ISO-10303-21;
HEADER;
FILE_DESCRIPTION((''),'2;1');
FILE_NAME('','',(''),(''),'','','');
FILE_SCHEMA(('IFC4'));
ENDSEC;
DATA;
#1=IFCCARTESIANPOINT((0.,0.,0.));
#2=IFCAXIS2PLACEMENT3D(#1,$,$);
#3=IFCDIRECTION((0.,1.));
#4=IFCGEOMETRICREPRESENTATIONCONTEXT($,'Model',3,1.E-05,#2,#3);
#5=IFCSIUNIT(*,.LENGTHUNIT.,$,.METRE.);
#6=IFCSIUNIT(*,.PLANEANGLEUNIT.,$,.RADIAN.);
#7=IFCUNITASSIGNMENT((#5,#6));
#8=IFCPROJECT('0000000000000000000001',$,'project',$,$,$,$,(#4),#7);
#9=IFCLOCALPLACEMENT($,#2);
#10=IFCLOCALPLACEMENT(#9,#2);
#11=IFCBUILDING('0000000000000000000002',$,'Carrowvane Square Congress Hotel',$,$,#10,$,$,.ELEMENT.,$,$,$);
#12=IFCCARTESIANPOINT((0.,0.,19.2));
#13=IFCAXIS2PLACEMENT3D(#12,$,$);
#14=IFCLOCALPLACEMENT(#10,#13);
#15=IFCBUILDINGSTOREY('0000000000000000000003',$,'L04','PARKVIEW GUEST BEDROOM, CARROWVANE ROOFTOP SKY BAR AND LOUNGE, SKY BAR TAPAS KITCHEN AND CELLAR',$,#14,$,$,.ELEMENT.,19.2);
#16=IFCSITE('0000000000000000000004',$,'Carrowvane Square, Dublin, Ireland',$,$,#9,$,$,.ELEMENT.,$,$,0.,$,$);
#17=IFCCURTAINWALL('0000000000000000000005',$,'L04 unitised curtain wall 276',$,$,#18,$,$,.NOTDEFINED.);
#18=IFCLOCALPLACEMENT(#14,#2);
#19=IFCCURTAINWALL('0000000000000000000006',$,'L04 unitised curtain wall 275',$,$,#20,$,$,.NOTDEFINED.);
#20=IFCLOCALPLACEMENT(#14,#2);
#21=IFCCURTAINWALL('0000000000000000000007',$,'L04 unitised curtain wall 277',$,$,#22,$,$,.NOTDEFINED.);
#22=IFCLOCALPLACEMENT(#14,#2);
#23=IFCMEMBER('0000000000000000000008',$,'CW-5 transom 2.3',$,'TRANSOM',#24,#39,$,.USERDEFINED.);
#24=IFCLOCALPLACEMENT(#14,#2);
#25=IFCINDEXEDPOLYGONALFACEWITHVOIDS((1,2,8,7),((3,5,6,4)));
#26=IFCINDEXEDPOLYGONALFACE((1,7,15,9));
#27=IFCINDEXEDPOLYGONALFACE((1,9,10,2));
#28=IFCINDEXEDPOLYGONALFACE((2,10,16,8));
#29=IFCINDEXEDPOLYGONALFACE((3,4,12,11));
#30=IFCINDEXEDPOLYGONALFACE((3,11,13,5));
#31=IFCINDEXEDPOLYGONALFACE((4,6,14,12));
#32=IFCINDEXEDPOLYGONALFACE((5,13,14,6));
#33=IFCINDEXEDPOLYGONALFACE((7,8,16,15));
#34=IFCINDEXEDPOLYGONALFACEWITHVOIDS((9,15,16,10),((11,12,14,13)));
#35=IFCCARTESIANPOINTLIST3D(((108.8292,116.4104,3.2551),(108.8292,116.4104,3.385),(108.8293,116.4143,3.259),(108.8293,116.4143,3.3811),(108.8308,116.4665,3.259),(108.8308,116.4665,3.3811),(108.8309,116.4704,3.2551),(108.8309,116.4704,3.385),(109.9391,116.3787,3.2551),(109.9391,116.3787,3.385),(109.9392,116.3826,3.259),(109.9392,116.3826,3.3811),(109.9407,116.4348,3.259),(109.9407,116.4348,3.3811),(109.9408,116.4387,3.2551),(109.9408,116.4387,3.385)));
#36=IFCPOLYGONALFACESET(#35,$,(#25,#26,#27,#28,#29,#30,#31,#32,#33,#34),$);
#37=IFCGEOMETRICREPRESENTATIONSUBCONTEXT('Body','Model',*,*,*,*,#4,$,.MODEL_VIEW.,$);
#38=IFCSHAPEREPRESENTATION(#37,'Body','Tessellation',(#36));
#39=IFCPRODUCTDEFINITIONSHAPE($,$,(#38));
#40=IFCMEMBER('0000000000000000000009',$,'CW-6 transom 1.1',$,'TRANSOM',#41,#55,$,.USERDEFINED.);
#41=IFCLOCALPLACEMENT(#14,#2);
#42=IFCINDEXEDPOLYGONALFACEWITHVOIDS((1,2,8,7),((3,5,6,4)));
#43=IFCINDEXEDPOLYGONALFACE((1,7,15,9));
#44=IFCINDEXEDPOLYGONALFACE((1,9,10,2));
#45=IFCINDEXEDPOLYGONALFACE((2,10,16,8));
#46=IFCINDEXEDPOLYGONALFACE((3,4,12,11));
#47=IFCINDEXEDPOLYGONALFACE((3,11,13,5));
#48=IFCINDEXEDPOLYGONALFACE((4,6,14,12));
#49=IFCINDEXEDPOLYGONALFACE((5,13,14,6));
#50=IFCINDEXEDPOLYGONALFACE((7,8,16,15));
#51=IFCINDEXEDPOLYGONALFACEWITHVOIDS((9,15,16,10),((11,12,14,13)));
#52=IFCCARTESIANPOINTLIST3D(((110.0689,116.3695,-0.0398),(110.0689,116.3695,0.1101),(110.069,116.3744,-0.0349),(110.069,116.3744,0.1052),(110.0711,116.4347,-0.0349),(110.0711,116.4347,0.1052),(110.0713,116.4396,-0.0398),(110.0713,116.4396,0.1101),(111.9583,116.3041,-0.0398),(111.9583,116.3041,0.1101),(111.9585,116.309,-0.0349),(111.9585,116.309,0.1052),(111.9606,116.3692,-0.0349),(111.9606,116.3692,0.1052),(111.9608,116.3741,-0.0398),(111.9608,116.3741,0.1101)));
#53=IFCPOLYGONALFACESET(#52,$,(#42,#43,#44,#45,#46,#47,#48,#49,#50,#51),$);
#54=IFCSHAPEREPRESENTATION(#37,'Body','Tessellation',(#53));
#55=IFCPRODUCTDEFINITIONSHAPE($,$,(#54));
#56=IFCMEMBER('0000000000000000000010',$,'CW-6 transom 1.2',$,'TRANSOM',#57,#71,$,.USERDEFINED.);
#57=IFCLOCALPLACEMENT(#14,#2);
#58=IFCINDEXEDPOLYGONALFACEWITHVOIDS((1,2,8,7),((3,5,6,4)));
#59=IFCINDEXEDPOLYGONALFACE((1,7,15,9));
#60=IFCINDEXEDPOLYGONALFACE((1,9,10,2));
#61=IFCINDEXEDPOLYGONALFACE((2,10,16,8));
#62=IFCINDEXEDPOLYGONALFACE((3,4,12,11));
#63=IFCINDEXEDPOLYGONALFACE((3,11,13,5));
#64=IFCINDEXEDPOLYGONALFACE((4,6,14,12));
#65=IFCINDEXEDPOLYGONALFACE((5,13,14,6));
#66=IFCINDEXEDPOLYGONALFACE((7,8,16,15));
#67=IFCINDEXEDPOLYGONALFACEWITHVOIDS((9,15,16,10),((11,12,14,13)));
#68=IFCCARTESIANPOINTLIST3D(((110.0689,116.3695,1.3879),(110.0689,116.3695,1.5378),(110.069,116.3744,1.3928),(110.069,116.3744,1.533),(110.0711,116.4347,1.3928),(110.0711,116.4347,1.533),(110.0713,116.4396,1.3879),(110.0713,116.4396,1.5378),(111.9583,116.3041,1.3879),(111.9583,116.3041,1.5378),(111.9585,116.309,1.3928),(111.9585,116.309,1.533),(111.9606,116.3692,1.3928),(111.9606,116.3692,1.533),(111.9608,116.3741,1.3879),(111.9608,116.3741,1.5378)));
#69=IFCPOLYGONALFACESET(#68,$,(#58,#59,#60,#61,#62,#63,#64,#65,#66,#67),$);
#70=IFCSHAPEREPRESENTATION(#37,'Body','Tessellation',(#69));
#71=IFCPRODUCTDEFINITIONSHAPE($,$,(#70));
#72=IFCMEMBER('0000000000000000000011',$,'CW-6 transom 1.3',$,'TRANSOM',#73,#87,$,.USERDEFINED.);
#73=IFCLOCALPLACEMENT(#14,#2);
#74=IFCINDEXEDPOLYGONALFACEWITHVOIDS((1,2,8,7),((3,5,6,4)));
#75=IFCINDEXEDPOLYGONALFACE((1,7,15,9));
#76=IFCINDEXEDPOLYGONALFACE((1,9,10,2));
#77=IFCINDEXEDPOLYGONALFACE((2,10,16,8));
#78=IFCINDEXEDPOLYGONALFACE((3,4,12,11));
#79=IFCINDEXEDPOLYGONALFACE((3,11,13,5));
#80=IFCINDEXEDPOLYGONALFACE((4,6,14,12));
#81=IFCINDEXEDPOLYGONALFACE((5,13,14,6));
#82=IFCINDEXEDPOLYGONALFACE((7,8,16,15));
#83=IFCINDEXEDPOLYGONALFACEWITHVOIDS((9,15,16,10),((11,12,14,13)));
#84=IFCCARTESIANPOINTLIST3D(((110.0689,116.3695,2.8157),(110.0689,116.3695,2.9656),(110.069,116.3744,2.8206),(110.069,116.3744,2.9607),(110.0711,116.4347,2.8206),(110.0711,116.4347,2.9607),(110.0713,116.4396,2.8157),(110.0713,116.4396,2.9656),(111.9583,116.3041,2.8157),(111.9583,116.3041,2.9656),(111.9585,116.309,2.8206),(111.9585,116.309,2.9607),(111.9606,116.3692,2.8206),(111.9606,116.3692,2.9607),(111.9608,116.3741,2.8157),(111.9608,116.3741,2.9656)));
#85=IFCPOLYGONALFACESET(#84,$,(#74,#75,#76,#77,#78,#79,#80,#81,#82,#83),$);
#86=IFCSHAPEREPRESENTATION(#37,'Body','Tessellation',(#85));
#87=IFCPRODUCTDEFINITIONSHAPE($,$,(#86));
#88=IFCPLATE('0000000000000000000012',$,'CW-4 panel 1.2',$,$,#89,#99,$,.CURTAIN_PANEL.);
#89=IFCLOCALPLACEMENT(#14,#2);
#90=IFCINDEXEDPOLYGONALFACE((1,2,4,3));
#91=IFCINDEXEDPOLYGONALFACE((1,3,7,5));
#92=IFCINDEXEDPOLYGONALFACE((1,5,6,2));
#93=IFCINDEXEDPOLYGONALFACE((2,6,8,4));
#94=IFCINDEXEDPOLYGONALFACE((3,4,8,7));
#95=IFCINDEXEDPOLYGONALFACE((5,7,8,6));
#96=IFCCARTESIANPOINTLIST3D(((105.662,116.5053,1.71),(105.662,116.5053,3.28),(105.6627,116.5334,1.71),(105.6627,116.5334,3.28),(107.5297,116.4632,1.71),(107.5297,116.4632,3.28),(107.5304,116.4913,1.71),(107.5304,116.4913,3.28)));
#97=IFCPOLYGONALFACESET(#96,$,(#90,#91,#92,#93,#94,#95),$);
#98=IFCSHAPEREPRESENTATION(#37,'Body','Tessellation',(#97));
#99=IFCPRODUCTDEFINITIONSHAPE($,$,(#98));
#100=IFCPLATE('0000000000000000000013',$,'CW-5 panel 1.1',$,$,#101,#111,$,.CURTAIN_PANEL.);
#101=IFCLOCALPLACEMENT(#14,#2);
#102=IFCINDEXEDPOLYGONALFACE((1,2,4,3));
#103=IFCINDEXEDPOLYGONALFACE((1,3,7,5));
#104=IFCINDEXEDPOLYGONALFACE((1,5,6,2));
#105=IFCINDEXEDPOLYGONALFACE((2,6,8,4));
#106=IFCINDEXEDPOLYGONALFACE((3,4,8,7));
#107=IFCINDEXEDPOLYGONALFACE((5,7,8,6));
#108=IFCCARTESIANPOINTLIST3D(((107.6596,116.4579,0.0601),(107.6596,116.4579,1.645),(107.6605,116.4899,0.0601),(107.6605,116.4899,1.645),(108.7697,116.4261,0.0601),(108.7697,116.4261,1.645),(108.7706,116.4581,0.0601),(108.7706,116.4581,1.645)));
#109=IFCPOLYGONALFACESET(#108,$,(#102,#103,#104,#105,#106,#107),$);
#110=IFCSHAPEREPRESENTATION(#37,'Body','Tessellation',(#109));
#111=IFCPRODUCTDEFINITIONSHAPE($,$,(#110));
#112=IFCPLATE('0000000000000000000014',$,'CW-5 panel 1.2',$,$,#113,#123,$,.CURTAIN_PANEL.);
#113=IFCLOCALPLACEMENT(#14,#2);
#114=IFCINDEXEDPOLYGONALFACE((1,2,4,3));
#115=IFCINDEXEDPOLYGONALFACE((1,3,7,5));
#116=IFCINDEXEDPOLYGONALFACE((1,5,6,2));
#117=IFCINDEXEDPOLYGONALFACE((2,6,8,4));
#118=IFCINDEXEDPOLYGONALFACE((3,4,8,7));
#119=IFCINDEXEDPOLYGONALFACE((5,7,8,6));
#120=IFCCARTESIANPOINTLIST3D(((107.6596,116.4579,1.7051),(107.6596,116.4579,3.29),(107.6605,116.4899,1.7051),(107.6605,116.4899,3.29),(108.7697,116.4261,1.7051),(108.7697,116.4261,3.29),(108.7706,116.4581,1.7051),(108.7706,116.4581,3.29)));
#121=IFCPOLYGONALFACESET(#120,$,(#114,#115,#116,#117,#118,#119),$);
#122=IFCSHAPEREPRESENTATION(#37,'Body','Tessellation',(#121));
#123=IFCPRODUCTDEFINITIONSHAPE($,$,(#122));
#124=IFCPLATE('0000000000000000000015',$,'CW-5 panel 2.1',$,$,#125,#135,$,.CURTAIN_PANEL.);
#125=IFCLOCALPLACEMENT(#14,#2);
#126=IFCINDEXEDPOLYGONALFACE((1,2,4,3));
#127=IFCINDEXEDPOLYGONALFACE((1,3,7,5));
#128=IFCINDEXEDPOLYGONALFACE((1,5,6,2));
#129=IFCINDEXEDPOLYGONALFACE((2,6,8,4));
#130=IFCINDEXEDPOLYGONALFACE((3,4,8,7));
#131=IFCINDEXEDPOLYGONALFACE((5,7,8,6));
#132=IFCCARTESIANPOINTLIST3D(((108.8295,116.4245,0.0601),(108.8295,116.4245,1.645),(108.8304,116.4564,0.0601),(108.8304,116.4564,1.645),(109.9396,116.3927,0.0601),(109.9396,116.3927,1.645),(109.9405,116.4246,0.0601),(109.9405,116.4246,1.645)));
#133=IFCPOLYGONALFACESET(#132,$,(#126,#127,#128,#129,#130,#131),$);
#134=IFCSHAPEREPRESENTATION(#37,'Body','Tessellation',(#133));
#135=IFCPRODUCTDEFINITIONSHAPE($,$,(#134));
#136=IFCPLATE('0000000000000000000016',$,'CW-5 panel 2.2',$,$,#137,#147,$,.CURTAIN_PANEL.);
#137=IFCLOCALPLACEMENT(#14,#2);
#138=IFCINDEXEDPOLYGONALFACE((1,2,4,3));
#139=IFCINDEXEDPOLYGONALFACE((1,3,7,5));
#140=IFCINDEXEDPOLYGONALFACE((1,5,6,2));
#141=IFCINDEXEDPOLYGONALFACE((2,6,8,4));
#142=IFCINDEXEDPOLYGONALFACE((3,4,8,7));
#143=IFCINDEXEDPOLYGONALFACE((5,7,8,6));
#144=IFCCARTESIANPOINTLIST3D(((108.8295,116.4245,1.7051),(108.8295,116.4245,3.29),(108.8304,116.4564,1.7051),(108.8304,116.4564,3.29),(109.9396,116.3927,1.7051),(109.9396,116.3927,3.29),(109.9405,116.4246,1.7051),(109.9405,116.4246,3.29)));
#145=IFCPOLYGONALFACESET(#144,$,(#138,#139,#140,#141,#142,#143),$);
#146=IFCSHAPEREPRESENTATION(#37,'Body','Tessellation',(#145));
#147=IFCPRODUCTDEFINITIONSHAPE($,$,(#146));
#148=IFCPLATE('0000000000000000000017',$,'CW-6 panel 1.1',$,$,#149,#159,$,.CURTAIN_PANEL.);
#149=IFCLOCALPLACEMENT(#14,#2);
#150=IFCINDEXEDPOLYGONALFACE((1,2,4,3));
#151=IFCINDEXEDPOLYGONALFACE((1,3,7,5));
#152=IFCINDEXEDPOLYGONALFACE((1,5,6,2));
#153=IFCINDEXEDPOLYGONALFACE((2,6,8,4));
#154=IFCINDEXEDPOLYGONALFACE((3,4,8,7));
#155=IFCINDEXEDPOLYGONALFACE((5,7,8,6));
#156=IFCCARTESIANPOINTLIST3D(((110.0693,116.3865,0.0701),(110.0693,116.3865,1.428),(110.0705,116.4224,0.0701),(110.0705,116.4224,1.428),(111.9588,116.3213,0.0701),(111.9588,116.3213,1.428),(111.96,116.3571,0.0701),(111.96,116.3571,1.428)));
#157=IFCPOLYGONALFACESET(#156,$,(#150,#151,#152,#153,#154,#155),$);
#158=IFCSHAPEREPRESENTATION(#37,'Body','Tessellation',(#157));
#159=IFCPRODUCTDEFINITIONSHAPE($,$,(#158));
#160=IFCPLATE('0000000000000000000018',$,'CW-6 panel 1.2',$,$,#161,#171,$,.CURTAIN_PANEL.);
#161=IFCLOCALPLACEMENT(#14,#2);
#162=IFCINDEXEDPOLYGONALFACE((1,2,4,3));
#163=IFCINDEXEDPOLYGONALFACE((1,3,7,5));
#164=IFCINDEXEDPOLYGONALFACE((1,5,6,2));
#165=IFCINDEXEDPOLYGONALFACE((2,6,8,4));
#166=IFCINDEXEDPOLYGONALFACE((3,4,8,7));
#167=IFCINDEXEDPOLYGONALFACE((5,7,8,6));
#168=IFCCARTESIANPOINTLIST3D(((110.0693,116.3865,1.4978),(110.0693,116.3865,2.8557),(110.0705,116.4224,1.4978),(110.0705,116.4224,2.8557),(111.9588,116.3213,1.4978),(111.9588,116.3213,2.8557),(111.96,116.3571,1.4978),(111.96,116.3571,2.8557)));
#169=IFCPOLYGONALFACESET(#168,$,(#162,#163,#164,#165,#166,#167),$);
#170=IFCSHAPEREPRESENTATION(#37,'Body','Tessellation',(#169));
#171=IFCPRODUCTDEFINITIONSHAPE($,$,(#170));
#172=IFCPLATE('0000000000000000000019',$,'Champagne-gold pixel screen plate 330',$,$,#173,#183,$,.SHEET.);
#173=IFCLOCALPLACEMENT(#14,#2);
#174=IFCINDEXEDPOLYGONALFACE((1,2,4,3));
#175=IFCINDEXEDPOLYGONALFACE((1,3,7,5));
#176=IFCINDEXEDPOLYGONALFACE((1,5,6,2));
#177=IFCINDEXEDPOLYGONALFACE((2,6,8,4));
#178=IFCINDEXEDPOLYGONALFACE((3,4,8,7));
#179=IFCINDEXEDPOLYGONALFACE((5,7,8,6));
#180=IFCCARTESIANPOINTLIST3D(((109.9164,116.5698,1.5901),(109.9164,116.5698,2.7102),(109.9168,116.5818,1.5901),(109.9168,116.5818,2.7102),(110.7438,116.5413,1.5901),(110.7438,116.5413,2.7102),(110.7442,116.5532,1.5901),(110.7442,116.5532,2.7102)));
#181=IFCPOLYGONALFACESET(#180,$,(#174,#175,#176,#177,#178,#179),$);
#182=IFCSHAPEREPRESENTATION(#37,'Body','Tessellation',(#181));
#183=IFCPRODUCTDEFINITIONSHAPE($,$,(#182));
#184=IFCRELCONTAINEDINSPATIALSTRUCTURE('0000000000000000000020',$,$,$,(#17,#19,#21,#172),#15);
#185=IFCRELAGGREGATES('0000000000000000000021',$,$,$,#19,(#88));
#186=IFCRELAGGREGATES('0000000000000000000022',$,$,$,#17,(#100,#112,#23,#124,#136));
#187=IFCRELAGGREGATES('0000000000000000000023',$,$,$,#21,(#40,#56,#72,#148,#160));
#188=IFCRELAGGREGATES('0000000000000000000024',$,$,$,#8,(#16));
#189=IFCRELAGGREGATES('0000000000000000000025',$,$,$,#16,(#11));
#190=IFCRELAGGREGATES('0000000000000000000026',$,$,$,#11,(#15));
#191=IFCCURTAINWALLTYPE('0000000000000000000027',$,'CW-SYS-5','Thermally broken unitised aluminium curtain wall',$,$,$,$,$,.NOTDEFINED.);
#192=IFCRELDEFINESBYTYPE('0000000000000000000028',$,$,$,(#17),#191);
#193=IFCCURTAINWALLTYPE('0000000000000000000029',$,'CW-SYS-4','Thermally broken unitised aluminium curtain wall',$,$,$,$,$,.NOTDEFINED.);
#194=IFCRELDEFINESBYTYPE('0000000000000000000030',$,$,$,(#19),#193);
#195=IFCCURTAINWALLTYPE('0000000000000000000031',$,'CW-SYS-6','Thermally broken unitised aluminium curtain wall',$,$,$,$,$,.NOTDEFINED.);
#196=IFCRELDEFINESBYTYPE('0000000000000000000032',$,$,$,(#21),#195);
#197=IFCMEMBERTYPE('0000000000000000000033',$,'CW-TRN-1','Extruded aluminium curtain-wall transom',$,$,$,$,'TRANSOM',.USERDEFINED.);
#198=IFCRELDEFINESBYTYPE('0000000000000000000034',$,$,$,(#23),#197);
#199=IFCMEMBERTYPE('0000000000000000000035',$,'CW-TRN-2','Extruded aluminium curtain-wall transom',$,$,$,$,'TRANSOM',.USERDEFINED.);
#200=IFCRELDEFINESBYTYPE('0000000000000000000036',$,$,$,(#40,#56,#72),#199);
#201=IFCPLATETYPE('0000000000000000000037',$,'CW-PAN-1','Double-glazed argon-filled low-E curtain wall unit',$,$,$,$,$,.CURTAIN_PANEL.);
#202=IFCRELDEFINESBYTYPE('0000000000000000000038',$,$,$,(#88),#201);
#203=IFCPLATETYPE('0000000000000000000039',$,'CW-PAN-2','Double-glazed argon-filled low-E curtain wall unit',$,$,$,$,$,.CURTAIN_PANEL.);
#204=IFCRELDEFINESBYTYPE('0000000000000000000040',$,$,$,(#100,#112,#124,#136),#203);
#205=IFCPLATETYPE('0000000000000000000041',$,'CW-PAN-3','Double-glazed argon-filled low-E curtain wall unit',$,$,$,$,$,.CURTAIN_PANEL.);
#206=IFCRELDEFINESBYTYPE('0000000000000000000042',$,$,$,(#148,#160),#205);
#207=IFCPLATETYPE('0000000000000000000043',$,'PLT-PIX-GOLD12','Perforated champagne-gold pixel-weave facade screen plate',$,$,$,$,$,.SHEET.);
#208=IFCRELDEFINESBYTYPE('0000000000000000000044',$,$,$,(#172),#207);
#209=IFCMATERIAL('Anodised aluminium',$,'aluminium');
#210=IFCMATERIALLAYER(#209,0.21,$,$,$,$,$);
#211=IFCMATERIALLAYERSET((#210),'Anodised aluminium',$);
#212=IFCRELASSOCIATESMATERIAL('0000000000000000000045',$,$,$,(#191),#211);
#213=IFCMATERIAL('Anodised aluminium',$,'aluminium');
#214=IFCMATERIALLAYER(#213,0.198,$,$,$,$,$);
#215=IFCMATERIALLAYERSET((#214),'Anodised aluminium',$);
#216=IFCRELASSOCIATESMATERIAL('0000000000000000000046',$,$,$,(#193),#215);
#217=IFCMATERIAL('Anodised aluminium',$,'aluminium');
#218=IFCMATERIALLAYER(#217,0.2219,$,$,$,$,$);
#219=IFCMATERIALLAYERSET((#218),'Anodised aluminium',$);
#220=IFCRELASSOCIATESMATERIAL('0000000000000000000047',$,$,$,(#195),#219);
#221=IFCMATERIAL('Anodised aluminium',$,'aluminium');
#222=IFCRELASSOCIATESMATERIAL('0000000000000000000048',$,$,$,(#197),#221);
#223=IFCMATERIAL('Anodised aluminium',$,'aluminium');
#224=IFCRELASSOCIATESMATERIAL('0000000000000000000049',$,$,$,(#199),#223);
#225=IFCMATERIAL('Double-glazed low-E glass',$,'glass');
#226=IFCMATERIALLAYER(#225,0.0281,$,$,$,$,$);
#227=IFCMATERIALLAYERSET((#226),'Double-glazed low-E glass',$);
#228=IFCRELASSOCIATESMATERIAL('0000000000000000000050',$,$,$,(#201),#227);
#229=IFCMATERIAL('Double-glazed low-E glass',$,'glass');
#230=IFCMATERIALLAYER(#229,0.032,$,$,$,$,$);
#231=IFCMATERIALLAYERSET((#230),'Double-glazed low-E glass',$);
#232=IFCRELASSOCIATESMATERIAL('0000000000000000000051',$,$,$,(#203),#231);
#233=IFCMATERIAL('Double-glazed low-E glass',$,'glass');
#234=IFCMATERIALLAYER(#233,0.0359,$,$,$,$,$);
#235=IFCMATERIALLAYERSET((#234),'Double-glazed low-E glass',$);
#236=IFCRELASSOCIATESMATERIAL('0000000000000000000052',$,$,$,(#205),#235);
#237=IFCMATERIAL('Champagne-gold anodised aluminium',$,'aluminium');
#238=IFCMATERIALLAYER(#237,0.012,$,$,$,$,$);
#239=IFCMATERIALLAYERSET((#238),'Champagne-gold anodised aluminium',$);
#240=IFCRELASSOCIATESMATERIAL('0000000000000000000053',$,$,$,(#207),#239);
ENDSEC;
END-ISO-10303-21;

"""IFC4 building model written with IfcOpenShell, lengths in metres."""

from ifc_helpers import new_model, si_unit, direction, frame, origin, origin_2d, place, context, subcontext, project, spatial, rectangle, hollow_rectangle, extrude, material, layer, layer_set, material_profile, profile_set, type_object, element, aggregate, save


model = new_model("IFC4")

# Units and contexts
model_context = context("Model", 3, precision=1e-05, world=origin(), true_north=direction((0.0, 1.0)))
body_context = subcontext(model_context, "Body", "Model", "MODEL_VIEW")
ifc_project = project(units=[si_unit("LENGTHUNIT", "METRE"), si_unit("PLANEANGLEUNIT", "RADIAN")], contexts=[model_context])

# Site, building, storey
site_placement = place(None, origin())
site = spatial("IfcSite", under=ifc_project, at=site_placement, Name="Carrowvane Square, Dublin, Ireland", CompositionType="ELEMENT", RefElevation=0.0)
building_placement = place(site_placement, origin())
building = spatial("IfcBuilding", under=site, at=building_placement, Name="Carrowvane Square Congress Hotel", CompositionType="ELEMENT")
storey_placement = place(building_placement, frame((0.0, 0.0, 19.2)))
storey = spatial("IfcBuildingStorey", under=building, at=storey_placement, Name="L04", Description="PARKVIEW GUEST BEDROOM, CARROWVANE ROOFTOP SKY BAR AND LOUNGE, SKY BAR TAPAS KITCHEN AND CELLAR", CompositionType="ELEMENT", Elevation=19.2)

# Curtain wall
ifc_material_1 = material(Name="Anodised aluminium", Category="aluminium")
ifc_layer_1 = layer(ifc_material_1, 0.21)
ifc_layer_set_1 = layer_set([ifc_layer_1], Name="Anodised aluminium")
curtain_wall_type_1 = type_object("IfcCurtainWallType", Name="CW-SYS-5", Description="Thermally broken unitised aluminium curtain wall", PredefinedType="NOTDEFINED", material=ifc_layer_set_1)
curtain_wall_1_placement = place(storey_placement, origin())
curtain_wall_1 = element("IfcCurtainWall", 1, at=curtain_wall_1_placement, inside=storey, type_object=curtain_wall_type_1, Name="L04 unitised curtain wall 276", PredefinedType="NOTDEFINED")

# Curtain walls
ifc_material_2 = material(Name="Anodised aluminium", Category="aluminium")
ifc_layer_2 = layer(ifc_material_2, 0.198)
ifc_layer_set_2 = layer_set([ifc_layer_2], Name="Anodised aluminium")
curtain_wall_type_2 = type_object("IfcCurtainWallType", Name="CW-SYS-4", Description="Thermally broken unitised aluminium curtain wall", PredefinedType="NOTDEFINED", material=ifc_layer_set_2)
curtain_wall_2_placement = place(storey_placement, origin())
curtain_wall_2 = element("IfcCurtainWall", 2, at=curtain_wall_2_placement, inside=storey, type_object=curtain_wall_type_2, Name="L04 unitised curtain wall 275", PredefinedType="NOTDEFINED")
ifc_material_3 = material(Name="Anodised aluminium", Category="aluminium")
ifc_layer_3 = layer(ifc_material_3, 0.2219)
ifc_layer_set_3 = layer_set([ifc_layer_3], Name="Anodised aluminium")
curtain_wall_type_3 = type_object("IfcCurtainWallType", Name="CW-SYS-6", Description="Thermally broken unitised aluminium curtain wall", PredefinedType="NOTDEFINED", material=ifc_layer_set_3)
curtain_wall_3_placement = place(storey_placement, origin())
curtain_wall_3 = element("IfcCurtainWall", 3, at=curtain_wall_3_placement, inside=storey, type_object=curtain_wall_type_3, Name="L04 unitised curtain wall 277", PredefinedType="NOTDEFINED")

# Members
ifc_material_4 = material(Name="Anodised aluminium", Category="aluminium")
ifc_material_profile_1 = material_profile(ifc_material_4, hollow_rectangle(XDim=0.0601, YDim=0.1299, WallThickness=0.0039, at=origin_2d()), Name="CW-TR 60x130x4")
ifc_profile_set_1 = profile_set([ifc_material_profile_1], Name="Anodised aluminium")
member_type_1 = type_object("IfcMemberType", Name="CW-TRN-1", Description="Extruded aluminium curtain-wall transom", ElementType="TRANSOM", PredefinedType="USERDEFINED", material=ifc_profile_set_1)
member_1_placement = place(storey_placement, frame((108.8301, 116.4404, 3.3201), z_axis=(0.999591, -0.028585, 0.0), x_axis=(0.028585, 0.999591, 0.0)))
member_1 = element("IfcMember", 4, at=member_1_placement, type_object=member_type_1, Name="CW-5 transom 2.3", ObjectType="TRANSOM", PredefinedType="USERDEFINED", context=body_context, shape_type="SweptSolid", body=[
    extrude(hollow_rectangle(XDim=0.0601, YDim=0.1299, WallThickness=0.0039, at=origin_2d()), origin(), (0.0, 0.0, 1.0), 1.1104),
])
ifc_material_5 = material(Name="Anodised aluminium", Category="aluminium")
ifc_material_profile_2 = material_profile(ifc_material_5, hollow_rectangle(XDim=0.0701, YDim=0.1499, WallThickness=0.0049, at=origin_2d()), Name="CW-TR 70x150x5")
ifc_profile_set_2 = profile_set([ifc_material_profile_2], Name="Anodised aluminium")
member_type_2 = type_object("IfcMemberType", Name="CW-TRN-2", Description="Extruded aluminium curtain-wall transom", ElementType="TRANSOM", PredefinedType="USERDEFINED", material=ifc_profile_set_2)
member_2_placement = place(storey_placement, frame((110.0701, 116.4045, 0.0352), z_axis=(0.999401, -0.034609, 0.0), x_axis=(0.034609, 0.999401, 0.0)))
member_2 = element("IfcMember", 5, at=member_2_placement, type_object=member_type_2, Name="CW-6 transom 1.1", ObjectType="TRANSOM", PredefinedType="USERDEFINED", context=body_context, shape_type="SweptSolid", body=[
    extrude(hollow_rectangle(XDim=0.0701, YDim=0.1499, WallThickness=0.0049, at=origin_2d()), origin(), (0.0, 0.0, 1.0), 1.8906),
])
member_3_placement = place(storey_placement, frame((110.0701, 116.4045, 1.4629), z_axis=(0.999401, -0.034609, 0.0), x_axis=(0.034609, 0.999401, 0.0)))
member_3 = element("IfcMember", 6, at=member_3_placement, type_object=member_type_2, Name="CW-6 transom 1.2", ObjectType="TRANSOM", PredefinedType="USERDEFINED", context=body_context, shape_type="SweptSolid", body=[
    extrude(hollow_rectangle(XDim=0.0701, YDim=0.1499, WallThickness=0.0049, at=origin_2d()), origin(), (0.0, 0.0, 1.0), 1.8906),
])
member_4_placement = place(storey_placement, frame((110.0701, 116.4045, 2.8906), z_axis=(0.999401, -0.034609, 0.0), x_axis=(0.034609, 0.999401, 0.0)))
member_4 = element("IfcMember", 7, at=member_4_placement, type_object=member_type_2, Name="CW-6 transom 1.3", ObjectType="TRANSOM", PredefinedType="USERDEFINED", context=body_context, shape_type="SweptSolid", body=[
    extrude(hollow_rectangle(XDim=0.0701, YDim=0.1499, WallThickness=0.0049, at=origin_2d()), origin(), (0.0, 0.0, 1.0), 1.8906),
])

# Plates
ifc_material_6 = material(Name="Double-glazed low-E glass", Category="glass")
ifc_layer_4 = layer(ifc_material_6, 0.0281)
ifc_layer_set_4 = layer_set([ifc_layer_4], Name="Double-glazed low-E glass")
plate_type_1 = type_object("IfcPlateType", Name="CW-PAN-1", Description="Double-glazed argon-filled low-E curtain wall unit", PredefinedType="CURTAIN_PANEL", material=ifc_layer_set_4)
plate_1_placement = place(storey_placement, frame((106.5962, 116.4983, 1.71), z_axis=(0.0, 0.0, 1.0), x_axis=(0.999746, -0.022518, 0.0)))
plate_1 = element("IfcPlate", 8, at=plate_1_placement, type_object=plate_type_1, Name="CW-4 panel 1.2", PredefinedType="CURTAIN_PANEL", context=body_context, shape_type="SweptSolid", body=[
    extrude(rectangle(XDim=1.8682, YDim=0.0281, at=origin_2d()), origin(), (0.0, 0.0, 1.0), 1.5701),
])
aggregate(curtain_wall_2, [plate_1])
ifc_material_7 = material(Name="Double-glazed low-E glass", Category="glass")
ifc_layer_5 = layer(ifc_material_7, 0.032)
ifc_layer_set_5 = layer_set([ifc_layer_5], Name="Double-glazed low-E glass")
plate_type_2 = type_object("IfcPlateType", Name="CW-PAN-2", Description="Double-glazed argon-filled low-E curtain wall unit", PredefinedType="CURTAIN_PANEL", material=ifc_layer_set_5)
plate_2_placement = place(storey_placement, frame((108.2151, 116.458, 0.0601), z_axis=(0.0, 0.0, 1.0), x_axis=(0.99959, -0.028638, 0.0)))
plate_2 = element("IfcPlate", 9, at=plate_2_placement, type_object=plate_type_2, Name="CW-5 panel 1.1", PredefinedType="CURTAIN_PANEL", context=body_context, shape_type="SweptSolid", body=[
    extrude(rectangle(XDim=1.1106, YDim=0.032, at=origin_2d()), origin(), (0.0, 0.0, 1.0), 1.585),
])
plate_3_placement = place(storey_placement, frame((108.2151, 116.458, 1.7051), z_axis=(0.0, 0.0, 1.0), x_axis=(0.99959, -0.028638, 0.0)))
plate_3 = element("IfcPlate", 10, at=plate_3_placement, type_object=plate_type_2, Name="CW-5 panel 1.2", PredefinedType="CURTAIN_PANEL", context=body_context, shape_type="SweptSolid", body=[
    extrude(rectangle(XDim=1.1106, YDim=0.032, at=origin_2d()), origin(), (0.0, 0.0, 1.0), 1.585),
])
plate_4_placement = place(storey_placement, frame((109.385, 116.4246, 0.0601), z_axis=(0.0, 0.0, 1.0), x_axis=(0.99959, -0.028638, 0.0)))
plate_4 = element("IfcPlate", 11, at=plate_4_placement, type_object=plate_type_2, Name="CW-5 panel 2.1", PredefinedType="CURTAIN_PANEL", context=body_context, shape_type="SweptSolid", body=[
    extrude(rectangle(XDim=1.1106, YDim=0.032, at=origin_2d()), origin(), (0.0, 0.0, 1.0), 1.585),
])
plate_5_placement = place(storey_placement, frame((109.385, 116.4246, 1.7051), z_axis=(0.0, 0.0, 1.0), x_axis=(0.99959, -0.028638, 0.0)))
plate_5 = element("IfcPlate", 12, at=plate_5_placement, type_object=plate_type_2, Name="CW-5 panel 2.2", PredefinedType="CURTAIN_PANEL", context=body_context, shape_type="SweptSolid", body=[
    extrude(rectangle(XDim=1.1106, YDim=0.032, at=origin_2d()), origin(), (0.0, 0.0, 1.0), 1.585),
])
aggregate(curtain_wall_1, [plate_2, plate_3, member_1, plate_4, plate_5])
ifc_material_8 = material(Name="Double-glazed low-E glass", Category="glass")
ifc_layer_6 = layer(ifc_material_8, 0.0359)
ifc_layer_set_6 = layer_set([ifc_layer_6], Name="Double-glazed low-E glass")
plate_type_3 = type_object("IfcPlateType", Name="CW-PAN-3", Description="Double-glazed argon-filled low-E curtain wall unit", PredefinedType="CURTAIN_PANEL", material=ifc_layer_set_6)
plate_6_placement = place(storey_placement, frame((111.0146, 116.3718, 0.0701), z_axis=(0.0, 0.0, 1.0), x_axis=(0.999404, -0.03453, 0.0)))
plate_6 = element("IfcPlate", 13, at=plate_6_placement, type_object=plate_type_3, Name="CW-6 panel 1.1", PredefinedType="CURTAIN_PANEL", context=body_context, shape_type="SweptSolid", body=[
    extrude(rectangle(XDim=1.8906, YDim=0.0359, at=origin_2d()), origin(), (0.0, 0.0, 1.0), 1.3579),
])
plate_7_placement = place(storey_placement, frame((111.0146, 116.3718, 1.4978), z_axis=(0.0, 0.0, 1.0), x_axis=(0.999404, -0.03453, 0.0)))
plate_7 = element("IfcPlate", 14, at=plate_7_placement, type_object=plate_type_3, Name="CW-6 panel 1.2", PredefinedType="CURTAIN_PANEL", context=body_context, shape_type="SweptSolid", body=[
    extrude(rectangle(XDim=1.8906, YDim=0.0359, at=origin_2d()), origin(), (0.0, 0.0, 1.0), 1.3579),
])
aggregate(curtain_wall_3, [member_2, member_3, member_4, plate_6, plate_7])

# Plate
ifc_material_9 = material(Name="Champagne-gold anodised aluminium", Category="aluminium")
ifc_layer_7 = layer(ifc_material_9, 0.012)
ifc_layer_set_7 = layer_set([ifc_layer_7], Name="Champagne-gold anodised aluminium")
plate_type_4 = type_object("IfcPlateType", Name="PLT-PIX-GOLD12", Description="Perforated champagne-gold pixel-weave facade screen plate", PredefinedType="SHEET", material=ifc_layer_set_7)
plate_8_placement = place(storey_placement, frame((110.3303, 116.5615, 1.5901), z_axis=(0.0, 0.0, 1.0), x_axis=(0.999404, -0.034527, 0.0)))
element("IfcPlate", 15, at=plate_8_placement, inside=storey, type_object=plate_type_4, Name="Champagne-gold pixel screen plate 330", PredefinedType="SHEET", context=body_context, shape_type="SweptSolid", body=[
    extrude(rectangle(XDim=0.8279, YDim=0.012, at=origin_2d()), origin(), (0.0, 0.0, 1.0), 1.1201),
])

save(model, "model.ifc")
